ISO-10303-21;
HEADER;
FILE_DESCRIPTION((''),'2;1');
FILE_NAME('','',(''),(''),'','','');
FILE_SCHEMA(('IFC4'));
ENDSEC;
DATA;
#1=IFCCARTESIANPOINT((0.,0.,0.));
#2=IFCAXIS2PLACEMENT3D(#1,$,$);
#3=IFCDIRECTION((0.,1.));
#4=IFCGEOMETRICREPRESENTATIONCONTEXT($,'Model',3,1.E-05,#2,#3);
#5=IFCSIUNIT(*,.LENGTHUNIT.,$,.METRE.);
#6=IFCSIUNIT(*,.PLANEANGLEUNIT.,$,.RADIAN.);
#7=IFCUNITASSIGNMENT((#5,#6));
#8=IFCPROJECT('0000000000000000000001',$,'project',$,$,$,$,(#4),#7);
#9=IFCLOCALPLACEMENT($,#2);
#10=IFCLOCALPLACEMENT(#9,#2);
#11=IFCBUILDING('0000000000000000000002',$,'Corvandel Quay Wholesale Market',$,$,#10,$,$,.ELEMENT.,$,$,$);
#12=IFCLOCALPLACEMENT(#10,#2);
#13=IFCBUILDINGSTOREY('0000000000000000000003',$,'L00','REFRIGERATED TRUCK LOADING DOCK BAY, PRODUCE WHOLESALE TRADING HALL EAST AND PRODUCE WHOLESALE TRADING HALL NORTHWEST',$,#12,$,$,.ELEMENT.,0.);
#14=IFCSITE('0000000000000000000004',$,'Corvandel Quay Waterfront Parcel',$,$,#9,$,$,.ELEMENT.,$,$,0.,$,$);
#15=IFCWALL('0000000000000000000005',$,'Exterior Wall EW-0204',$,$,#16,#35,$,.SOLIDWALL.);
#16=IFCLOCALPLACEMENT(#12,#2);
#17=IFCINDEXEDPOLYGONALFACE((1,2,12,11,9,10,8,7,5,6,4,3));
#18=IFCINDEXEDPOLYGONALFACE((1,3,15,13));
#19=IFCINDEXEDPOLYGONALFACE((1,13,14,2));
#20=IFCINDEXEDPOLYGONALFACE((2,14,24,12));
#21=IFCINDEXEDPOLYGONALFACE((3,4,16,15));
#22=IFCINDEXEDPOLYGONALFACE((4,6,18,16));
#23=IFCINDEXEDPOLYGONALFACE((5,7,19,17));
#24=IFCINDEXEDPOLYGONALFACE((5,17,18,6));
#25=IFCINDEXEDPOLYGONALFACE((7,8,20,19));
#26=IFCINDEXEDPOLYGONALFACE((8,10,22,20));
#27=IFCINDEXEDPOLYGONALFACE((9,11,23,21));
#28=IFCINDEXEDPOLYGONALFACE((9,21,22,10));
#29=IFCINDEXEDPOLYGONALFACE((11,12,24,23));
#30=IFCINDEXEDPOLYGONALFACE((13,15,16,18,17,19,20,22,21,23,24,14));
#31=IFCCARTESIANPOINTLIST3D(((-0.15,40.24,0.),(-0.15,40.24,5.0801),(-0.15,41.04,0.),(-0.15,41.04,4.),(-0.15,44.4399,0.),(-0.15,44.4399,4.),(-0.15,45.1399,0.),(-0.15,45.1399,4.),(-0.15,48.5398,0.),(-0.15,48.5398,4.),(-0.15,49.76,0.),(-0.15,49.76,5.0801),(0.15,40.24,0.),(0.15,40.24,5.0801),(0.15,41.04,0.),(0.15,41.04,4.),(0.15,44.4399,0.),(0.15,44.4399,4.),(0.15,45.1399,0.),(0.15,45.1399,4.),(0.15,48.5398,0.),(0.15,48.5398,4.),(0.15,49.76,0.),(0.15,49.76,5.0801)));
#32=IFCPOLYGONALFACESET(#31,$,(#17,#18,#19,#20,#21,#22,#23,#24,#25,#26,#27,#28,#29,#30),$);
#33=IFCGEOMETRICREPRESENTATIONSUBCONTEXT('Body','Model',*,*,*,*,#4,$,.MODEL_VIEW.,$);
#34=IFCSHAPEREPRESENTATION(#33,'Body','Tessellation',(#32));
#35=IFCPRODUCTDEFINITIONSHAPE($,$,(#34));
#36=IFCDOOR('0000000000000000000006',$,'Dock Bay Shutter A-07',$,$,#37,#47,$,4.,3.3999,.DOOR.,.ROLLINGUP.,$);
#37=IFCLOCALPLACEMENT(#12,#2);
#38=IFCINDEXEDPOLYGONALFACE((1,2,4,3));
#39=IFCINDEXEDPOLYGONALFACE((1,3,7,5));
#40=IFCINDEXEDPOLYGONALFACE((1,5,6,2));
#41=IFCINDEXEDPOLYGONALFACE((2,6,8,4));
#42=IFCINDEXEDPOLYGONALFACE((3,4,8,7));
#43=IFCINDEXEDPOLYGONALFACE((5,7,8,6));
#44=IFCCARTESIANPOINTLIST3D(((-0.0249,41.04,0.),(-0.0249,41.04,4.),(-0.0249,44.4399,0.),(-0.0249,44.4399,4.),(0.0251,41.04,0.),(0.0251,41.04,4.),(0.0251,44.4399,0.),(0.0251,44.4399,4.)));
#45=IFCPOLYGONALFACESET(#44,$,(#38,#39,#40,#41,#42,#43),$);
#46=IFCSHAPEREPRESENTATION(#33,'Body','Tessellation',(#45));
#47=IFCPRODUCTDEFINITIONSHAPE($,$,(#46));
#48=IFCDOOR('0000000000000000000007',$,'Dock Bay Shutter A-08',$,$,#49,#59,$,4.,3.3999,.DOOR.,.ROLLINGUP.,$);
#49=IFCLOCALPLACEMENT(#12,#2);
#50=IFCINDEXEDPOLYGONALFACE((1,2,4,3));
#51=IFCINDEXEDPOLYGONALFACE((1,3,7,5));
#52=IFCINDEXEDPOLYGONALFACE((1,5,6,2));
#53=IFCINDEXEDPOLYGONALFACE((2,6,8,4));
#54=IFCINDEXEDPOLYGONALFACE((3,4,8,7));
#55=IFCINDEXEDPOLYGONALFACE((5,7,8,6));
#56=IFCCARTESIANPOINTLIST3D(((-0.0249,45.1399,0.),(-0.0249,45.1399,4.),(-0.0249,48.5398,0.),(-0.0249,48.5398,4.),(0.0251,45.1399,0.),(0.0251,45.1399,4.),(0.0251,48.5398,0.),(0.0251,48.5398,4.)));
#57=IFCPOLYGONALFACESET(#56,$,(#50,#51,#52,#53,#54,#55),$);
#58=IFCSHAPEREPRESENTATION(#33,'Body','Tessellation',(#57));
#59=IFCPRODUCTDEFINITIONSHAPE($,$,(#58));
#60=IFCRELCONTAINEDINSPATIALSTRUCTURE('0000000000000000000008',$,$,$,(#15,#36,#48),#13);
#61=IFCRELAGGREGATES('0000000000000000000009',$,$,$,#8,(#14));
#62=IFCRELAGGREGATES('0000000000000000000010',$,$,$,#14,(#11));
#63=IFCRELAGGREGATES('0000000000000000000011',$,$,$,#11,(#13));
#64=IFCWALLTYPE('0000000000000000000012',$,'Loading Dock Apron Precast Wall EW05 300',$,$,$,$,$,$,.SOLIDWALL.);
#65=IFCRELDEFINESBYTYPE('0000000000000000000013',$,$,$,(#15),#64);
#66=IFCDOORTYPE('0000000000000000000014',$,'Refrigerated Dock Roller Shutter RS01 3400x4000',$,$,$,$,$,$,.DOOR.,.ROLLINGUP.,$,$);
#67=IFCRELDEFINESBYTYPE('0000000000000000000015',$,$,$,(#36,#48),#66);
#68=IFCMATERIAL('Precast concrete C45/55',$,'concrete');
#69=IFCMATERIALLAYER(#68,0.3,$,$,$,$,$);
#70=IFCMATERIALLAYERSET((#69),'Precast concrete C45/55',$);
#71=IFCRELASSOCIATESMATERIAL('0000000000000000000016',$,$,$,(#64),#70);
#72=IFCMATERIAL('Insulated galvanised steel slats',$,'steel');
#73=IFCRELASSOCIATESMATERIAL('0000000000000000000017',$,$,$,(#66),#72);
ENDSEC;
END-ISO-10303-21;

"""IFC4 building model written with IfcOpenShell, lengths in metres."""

from ifc_helpers import new_model, si_unit, direction, frame, frame_2d, origin, place, context, subcontext, project, spatial, rectangle, extrude, material, layer, layer_set, type_object, element, fill, save


model = new_model("IFC4")

# Units and contexts
model_context = context("Model", 3, precision=1e-05, world=origin(), true_north=direction((0.0, 1.0)))
body_context = subcontext(model_context, "Body", "Model", "MODEL_VIEW")
ifc_project = project(units=[si_unit("LENGTHUNIT", "METRE"), si_unit("PLANEANGLEUNIT", "RADIAN")], contexts=[model_context])

# Site, building, storey
site_placement = place(None, origin())
site = spatial("IfcSite", under=ifc_project, at=site_placement, Name="Corvandel Quay Waterfront Parcel", CompositionType="ELEMENT", RefElevation=0.0)
building_placement = place(site_placement, origin())
building = spatial("IfcBuilding", under=site, at=building_placement, Name="Corvandel Quay Wholesale Market", CompositionType="ELEMENT")
storey_placement = place(building_placement, origin())
storey = spatial("IfcBuildingStorey", under=building, at=storey_placement, Name="L00", Description="REFRIGERATED TRUCK LOADING DOCK BAY, PRODUCE WHOLESALE TRADING HALL EAST AND PRODUCE WHOLESALE TRADING HALL NORTHWEST", CompositionType="ELEMENT", Elevation=0.0)

# Shared definitions
ifc_material_1 = material(Name="Precast concrete C45/55", Category="concrete")

# Wall, openings, doors
ifc_layer_1 = layer(ifc_material_1, 0.3)
ifc_layer_set_1 = layer_set([ifc_layer_1], Name="Precast concrete C45/55")
wall_type_1 = type_object("IfcWallType", Name="Loading Dock Apron Precast Wall EW05 300", PredefinedType="SOLIDWALL", material=ifc_layer_set_1)
ifc_material_2 = material(Name="Insulated galvanised steel slats", Category="steel")
door_type = type_object("IfcDoorType", Name="Refrigerated Dock Roller Shutter RS01 3400x4000", OperationType="ROLLINGUP", PredefinedType="DOOR", material=ifc_material_2)
wall_1_placement = place(storey_placement, frame((0.0, 40.24, 0.0), z_axis=(0.0, 0.0, 1.0), x_axis=(0.0, 1.0, 0.0)))
wall_1 = element("IfcWall", 1, at=wall_1_placement, inside=storey, type_object=wall_type_1, Name="Exterior Wall EW-0204", PredefinedType="SOLIDWALL", context=body_context, shape_type="SweptSolid", body=[
    extrude(rectangle(XDim=9.52, YDim=0.3, at=frame_2d((4.76, 0.0))), origin(), (0.0, 0.0, 1.0), 5.0801),
])
opening_1_placement = place(wall_1_placement, frame((0.8, 0.0, 0.0)))
opening_1 = element("IfcOpeningElement", 2, at=opening_1_placement, cuts=wall_1, PredefinedType="OPENING", context=body_context, shape_type="SweptSolid", body=[
    extrude(rectangle(XDim=3.3999, YDim=4.0, at=frame_2d((1.7, 2.0))), frame((0.0, 0.1599, 0.0), z_axis=(0.0, -1.0, 0.0), x_axis=(1.0, 0.0, 0.0)), (0.0, 0.0, 1.0), 0.3201),
])
opening_2_placement = place(wall_1_placement, frame((4.8999, 0.0, 0.0)))
opening_2 = element("IfcOpeningElement", 3, at=opening_2_placement, cuts=wall_1, PredefinedType="OPENING", context=body_context, shape_type="SweptSolid", body=[
    extrude(rectangle(XDim=3.3999, YDim=4.0, at=frame_2d((1.7, 2.0))), frame((0.0, 0.1599, 0.0), z_axis=(0.0, -1.0, 0.0), x_axis=(1.0, 0.0, 0.0)), (0.0, 0.0, 1.0), 0.3201),
])
door_1_placement = place(opening_1_placement, origin())
door_1 = element("IfcDoor", 4, at=door_1_placement, inside=storey, type_object=door_type, Name="Dock Bay Shutter A-07", OperationType="ROLLINGUP", OverallHeight=4.0, OverallWidth=3.3999, PredefinedType="DOOR", context=body_context, shape_type="SweptSolid", body=[
    extrude(rectangle(XDim=3.3999, YDim=4.0, at=frame_2d((1.7, 2.0))), frame((0.0, 0.0249, 0.0), z_axis=(0.0, -1.0, 0.0), x_axis=(1.0, 0.0, 0.0)), (0.0, 0.0, 1.0), 0.05),
])
fill(opening_1, door_1)
door_2_placement = place(opening_2_placement, origin())
door_2 = element("IfcDoor", 5, at=door_2_placement, inside=storey, type_object=door_type, Name="Dock Bay Shutter A-08", OperationType="ROLLINGUP", OverallHeight=4.0, OverallWidth=3.3999, PredefinedType="DOOR", context=body_context, shape_type="SweptSolid", body=[
    extrude(rectangle(XDim=3.3999, YDim=4.0, at=frame_2d((1.7, 2.0))), frame((0.0, 0.0249, 0.0), z_axis=(0.0, -1.0, 0.0), x_axis=(1.0, 0.0, 0.0)), (0.0, 0.0, 1.0), 0.05),
])
fill(opening_2, door_2)

save(model, "model.ifc")
